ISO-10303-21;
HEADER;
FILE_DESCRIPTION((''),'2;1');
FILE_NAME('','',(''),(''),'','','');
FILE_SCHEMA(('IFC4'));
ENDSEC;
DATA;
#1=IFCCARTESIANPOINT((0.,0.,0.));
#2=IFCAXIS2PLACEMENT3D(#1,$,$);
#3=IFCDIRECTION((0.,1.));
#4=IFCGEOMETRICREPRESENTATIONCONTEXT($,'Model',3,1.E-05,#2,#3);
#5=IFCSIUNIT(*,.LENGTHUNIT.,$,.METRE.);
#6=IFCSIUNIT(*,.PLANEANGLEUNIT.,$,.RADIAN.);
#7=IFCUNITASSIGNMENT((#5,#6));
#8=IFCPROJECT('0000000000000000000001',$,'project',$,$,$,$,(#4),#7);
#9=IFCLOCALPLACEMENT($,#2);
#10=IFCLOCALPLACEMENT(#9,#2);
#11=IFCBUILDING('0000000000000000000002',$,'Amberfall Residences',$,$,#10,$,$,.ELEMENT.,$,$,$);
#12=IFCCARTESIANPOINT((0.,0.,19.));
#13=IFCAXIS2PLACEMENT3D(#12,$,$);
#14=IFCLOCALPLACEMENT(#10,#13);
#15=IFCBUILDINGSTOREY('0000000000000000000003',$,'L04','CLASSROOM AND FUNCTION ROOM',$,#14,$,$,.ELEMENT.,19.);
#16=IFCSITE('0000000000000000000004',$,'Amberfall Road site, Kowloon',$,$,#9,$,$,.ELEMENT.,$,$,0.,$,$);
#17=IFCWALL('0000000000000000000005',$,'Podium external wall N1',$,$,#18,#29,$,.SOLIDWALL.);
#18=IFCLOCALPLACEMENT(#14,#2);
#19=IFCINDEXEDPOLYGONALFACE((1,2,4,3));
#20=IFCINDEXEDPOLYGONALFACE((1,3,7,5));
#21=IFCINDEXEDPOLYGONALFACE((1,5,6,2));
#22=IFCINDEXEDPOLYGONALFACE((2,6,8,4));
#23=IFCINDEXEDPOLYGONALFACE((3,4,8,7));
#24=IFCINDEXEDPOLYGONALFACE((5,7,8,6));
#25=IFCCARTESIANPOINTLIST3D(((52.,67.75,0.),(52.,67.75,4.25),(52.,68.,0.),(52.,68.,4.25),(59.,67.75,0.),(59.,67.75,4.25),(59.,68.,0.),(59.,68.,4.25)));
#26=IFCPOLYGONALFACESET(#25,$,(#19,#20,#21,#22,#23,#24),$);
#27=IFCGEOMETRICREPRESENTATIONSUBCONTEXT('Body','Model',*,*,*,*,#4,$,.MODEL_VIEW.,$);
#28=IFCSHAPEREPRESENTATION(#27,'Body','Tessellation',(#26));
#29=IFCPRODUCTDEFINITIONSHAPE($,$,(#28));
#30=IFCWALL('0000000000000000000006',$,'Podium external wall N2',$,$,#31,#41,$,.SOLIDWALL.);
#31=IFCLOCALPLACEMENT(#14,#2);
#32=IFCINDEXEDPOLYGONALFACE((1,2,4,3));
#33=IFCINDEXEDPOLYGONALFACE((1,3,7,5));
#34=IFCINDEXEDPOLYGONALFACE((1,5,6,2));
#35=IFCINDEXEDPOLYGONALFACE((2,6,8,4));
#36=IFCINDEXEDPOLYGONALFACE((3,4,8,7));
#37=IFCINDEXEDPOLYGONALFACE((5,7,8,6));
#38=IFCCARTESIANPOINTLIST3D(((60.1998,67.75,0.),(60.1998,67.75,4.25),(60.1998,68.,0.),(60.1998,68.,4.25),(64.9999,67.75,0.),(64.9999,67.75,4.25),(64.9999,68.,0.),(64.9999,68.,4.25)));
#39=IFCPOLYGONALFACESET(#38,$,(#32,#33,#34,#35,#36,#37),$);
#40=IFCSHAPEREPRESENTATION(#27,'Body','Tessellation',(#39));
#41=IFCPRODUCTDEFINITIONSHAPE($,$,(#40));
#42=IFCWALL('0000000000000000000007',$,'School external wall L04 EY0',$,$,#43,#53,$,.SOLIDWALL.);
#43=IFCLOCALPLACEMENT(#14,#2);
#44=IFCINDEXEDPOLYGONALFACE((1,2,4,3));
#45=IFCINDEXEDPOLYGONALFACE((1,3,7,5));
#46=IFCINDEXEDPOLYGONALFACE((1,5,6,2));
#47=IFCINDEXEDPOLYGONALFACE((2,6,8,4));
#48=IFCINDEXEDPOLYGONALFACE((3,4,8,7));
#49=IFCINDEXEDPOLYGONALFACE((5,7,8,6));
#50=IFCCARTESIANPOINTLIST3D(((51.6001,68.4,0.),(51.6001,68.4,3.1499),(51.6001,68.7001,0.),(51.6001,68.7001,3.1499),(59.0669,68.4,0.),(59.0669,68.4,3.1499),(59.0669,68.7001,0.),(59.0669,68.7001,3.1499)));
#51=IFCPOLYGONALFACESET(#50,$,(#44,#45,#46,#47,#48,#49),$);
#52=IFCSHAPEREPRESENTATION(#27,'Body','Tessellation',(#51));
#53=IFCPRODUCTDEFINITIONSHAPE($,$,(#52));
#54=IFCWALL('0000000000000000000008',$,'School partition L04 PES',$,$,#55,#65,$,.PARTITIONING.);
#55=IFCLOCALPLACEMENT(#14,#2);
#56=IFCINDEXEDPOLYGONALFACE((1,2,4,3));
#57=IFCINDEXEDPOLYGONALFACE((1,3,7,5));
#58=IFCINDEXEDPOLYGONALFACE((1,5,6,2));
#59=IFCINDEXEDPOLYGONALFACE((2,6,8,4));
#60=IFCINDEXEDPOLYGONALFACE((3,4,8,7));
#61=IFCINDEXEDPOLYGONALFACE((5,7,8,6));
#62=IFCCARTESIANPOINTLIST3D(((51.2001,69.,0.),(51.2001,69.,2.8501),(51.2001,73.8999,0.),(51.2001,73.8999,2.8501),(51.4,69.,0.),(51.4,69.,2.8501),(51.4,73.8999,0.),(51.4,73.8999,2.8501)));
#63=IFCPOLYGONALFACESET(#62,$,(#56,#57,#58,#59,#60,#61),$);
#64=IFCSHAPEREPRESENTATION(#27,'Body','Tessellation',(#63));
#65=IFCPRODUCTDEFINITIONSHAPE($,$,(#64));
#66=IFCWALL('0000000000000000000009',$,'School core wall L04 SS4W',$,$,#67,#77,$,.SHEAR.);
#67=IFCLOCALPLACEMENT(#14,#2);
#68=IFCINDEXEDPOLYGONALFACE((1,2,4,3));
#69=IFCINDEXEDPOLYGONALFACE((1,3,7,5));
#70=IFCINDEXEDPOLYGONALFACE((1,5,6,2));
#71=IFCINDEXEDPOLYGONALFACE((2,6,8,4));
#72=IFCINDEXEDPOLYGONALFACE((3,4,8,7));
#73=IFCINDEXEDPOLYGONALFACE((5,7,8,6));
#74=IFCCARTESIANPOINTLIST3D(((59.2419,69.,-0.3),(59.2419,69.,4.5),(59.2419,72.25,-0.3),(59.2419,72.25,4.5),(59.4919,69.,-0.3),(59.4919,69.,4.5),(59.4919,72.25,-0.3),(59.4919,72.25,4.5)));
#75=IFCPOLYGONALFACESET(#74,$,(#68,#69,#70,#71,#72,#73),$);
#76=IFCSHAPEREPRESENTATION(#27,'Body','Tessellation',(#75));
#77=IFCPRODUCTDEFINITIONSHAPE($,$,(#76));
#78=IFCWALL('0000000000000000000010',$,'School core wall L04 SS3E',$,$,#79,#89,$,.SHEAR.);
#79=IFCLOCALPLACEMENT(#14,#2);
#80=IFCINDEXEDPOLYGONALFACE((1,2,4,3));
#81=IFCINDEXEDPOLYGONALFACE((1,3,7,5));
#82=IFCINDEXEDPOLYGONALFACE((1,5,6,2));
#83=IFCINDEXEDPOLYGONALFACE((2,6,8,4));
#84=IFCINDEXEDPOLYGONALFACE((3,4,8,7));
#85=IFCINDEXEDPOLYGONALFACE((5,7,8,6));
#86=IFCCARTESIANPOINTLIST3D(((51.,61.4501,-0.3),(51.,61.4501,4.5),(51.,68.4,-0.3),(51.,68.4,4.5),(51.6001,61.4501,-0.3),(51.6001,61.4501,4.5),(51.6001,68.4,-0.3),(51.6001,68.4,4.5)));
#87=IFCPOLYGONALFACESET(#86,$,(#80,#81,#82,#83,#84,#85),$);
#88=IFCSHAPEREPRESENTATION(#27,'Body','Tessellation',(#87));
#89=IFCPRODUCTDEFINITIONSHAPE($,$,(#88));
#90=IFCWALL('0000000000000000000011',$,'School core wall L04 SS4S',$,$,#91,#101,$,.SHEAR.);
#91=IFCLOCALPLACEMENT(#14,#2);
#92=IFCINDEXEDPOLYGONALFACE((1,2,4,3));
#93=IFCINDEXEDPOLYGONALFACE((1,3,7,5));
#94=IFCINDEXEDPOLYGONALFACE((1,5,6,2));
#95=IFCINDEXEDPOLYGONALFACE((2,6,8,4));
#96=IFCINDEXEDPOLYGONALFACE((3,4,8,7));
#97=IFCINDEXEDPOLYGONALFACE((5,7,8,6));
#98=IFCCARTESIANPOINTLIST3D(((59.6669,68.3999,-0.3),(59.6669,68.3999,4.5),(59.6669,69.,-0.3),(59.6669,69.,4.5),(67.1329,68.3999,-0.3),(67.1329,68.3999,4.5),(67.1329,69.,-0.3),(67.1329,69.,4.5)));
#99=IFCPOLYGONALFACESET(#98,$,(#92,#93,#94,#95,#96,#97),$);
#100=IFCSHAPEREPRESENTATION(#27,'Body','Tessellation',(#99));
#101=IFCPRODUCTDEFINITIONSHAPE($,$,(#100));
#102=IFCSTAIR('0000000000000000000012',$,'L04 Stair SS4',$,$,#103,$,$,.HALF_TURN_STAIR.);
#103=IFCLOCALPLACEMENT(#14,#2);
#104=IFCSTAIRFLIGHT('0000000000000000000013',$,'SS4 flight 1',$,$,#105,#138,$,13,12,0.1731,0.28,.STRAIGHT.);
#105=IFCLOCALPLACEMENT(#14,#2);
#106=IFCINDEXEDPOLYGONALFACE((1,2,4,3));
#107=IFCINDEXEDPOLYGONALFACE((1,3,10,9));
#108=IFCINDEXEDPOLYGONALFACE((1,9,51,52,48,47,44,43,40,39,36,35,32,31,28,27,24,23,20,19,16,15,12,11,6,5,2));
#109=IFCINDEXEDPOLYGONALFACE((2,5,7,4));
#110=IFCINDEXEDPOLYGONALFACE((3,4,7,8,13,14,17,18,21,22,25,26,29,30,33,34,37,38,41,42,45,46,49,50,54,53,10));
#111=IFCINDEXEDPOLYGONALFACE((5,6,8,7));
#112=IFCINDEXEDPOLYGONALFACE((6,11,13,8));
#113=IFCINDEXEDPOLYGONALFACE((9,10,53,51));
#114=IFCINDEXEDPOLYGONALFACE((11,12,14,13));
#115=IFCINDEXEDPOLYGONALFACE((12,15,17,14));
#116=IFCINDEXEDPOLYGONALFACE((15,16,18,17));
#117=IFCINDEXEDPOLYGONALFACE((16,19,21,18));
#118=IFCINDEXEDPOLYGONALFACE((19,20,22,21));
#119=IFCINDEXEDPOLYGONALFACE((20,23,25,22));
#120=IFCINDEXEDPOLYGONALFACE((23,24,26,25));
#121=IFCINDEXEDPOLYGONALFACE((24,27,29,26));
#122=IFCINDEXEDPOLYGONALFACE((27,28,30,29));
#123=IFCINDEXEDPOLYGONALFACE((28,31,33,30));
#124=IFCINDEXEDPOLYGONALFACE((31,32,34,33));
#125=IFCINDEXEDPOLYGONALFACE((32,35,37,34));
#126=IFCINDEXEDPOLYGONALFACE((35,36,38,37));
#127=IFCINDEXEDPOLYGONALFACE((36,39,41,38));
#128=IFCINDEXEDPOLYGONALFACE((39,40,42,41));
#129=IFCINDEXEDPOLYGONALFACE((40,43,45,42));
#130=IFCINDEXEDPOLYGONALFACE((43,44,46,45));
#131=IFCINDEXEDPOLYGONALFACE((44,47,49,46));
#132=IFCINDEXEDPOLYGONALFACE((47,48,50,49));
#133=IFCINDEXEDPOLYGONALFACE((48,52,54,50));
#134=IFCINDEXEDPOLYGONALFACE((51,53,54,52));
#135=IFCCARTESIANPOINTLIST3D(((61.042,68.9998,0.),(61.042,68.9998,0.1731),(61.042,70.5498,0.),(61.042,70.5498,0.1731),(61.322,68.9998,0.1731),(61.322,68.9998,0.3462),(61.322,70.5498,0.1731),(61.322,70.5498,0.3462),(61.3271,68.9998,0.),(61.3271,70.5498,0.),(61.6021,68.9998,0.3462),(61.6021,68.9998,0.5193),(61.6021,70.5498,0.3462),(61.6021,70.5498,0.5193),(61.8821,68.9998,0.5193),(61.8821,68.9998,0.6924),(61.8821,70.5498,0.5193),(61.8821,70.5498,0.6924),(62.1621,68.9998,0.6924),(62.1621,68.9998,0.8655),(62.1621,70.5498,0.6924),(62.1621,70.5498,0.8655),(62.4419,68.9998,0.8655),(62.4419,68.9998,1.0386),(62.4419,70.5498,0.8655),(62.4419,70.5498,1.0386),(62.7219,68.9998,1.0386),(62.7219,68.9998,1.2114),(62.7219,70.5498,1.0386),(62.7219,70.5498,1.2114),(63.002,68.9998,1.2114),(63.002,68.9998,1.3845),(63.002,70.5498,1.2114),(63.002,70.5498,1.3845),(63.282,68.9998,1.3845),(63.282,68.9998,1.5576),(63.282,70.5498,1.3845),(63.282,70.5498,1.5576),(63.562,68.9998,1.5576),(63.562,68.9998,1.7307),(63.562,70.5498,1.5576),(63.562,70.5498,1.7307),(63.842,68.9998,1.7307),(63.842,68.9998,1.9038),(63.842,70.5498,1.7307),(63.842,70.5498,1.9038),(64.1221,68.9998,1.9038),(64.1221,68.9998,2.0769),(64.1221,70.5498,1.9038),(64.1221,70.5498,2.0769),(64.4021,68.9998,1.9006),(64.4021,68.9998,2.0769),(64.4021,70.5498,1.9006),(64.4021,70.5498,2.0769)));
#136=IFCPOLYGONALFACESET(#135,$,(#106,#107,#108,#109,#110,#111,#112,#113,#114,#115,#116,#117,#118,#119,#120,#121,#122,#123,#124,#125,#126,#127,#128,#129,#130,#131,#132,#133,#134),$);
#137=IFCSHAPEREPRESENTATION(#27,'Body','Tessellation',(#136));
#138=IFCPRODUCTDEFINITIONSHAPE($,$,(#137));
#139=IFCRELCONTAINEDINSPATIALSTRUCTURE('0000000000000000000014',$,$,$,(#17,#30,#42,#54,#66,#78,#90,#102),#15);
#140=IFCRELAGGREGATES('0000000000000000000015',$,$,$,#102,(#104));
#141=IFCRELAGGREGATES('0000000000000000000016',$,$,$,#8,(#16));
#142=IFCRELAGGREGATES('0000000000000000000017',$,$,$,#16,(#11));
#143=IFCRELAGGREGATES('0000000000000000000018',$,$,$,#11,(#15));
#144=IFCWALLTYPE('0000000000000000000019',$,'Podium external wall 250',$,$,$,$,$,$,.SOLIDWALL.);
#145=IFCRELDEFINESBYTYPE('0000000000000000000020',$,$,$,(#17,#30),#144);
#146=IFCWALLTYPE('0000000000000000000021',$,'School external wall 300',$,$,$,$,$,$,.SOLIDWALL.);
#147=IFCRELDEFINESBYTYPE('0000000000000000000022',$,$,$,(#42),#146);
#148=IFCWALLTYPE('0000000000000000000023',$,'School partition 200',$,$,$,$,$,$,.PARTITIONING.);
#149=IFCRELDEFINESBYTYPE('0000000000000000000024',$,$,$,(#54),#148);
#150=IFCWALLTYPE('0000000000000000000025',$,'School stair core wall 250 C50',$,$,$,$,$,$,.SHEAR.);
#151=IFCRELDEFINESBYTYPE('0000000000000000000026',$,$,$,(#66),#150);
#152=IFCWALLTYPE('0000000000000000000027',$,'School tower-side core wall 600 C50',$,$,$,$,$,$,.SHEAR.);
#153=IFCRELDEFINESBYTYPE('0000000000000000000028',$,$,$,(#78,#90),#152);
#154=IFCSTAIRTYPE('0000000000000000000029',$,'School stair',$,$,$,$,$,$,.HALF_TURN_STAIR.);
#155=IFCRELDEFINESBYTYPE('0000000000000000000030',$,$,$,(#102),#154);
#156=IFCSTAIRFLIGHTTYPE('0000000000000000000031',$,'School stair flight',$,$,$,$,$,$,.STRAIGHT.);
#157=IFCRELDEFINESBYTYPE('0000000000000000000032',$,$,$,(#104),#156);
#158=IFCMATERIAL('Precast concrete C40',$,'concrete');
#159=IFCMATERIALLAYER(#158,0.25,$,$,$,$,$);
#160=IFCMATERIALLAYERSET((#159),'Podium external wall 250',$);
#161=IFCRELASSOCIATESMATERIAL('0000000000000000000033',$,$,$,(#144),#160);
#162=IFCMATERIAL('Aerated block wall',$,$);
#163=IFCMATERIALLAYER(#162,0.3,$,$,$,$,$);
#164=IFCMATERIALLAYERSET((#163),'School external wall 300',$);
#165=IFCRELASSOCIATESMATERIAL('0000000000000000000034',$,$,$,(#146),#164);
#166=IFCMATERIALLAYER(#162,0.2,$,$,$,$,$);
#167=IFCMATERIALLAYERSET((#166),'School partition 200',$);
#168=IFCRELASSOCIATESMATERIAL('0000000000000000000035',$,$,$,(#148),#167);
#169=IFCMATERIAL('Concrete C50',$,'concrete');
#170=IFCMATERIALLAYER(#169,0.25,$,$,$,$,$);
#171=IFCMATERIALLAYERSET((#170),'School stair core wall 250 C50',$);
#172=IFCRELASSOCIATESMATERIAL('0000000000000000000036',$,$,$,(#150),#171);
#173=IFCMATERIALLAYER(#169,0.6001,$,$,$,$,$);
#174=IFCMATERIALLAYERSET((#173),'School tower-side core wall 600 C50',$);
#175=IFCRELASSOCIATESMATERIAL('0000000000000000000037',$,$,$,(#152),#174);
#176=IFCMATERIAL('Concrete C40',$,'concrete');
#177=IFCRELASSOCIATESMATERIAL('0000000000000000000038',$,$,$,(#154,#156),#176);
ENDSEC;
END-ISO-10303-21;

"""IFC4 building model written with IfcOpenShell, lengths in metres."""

from ifc_helpers import new_model, si_unit, direction, frame, frame_2d, origin, place, context, subcontext, project, spatial, polyline, rectangle, outline, extrude, material, layer, layer_set, type_object, element, aggregate, save


model = new_model("IFC4")

# Units and contexts
model_context = context("Model", 3, precision=1e-05, world=origin(), true_north=direction((0.0, 1.0)))
body_context = subcontext(model_context, "Body", "Model", "MODEL_VIEW")
ifc_project = project(units=[si_unit("LENGTHUNIT", "METRE"), si_unit("PLANEANGLEUNIT", "RADIAN")], contexts=[model_context])

# Site, building, storey
site_placement = place(None, origin())
site = spatial("IfcSite", under=ifc_project, at=site_placement, Name="Amberfall Road site, Kowloon", CompositionType="ELEMENT", RefElevation=0.0)
building_placement = place(site_placement, origin())
building = spatial("IfcBuilding", under=site, at=building_placement, Name="Amberfall Residences", CompositionType="ELEMENT")
storey_placement = place(building_placement, frame((0.0, 0.0, 19.0)))
storey = spatial("IfcBuildingStorey", under=building, at=storey_placement, Name="L04", Description="CLASSROOM AND FUNCTION ROOM", CompositionType="ELEMENT", Elevation=19.0)

# Shared definitions
ifc_material_1 = material(Name="Concrete C40", Category="concrete")

# Walls
ifc_material_2 = material(Name="Precast concrete C40", Category="concrete")
ifc_layer_1 = layer(ifc_material_2, 0.25)
ifc_layer_set_1 = layer_set([ifc_layer_1], Name="Podium external wall 250")
wall_type_1 = type_object("IfcWallType", Name="Podium external wall 250", PredefinedType="SOLIDWALL", material=ifc_layer_set_1)
wall_1_placement = place(storey_placement, frame((52.0, 67.875, 0.0), z_axis=(0.0, 0.0, 1.0), x_axis=(1.0, 0.0, 0.0)))
element("IfcWall", 1, at=wall_1_placement, inside=storey, type_object=wall_type_1, Name="Podium external wall N1", PredefinedType="SOLIDWALL", context=body_context, shape_type="SweptSolid", body=[
    extrude(rectangle(XDim=7.0, YDim=0.25, at=frame_2d((3.5, 0.0))), origin(), (0.0, 0.0, 1.0), 4.25),
])
wall_2_placement = place(storey_placement, frame((60.2, 67.875, 0.0), z_axis=(0.0, 0.0, 1.0), x_axis=(1.0, 0.0, 0.0)))
element("IfcWall", 2, at=wall_2_placement, inside=storey, type_object=wall_type_1, Name="Podium external wall N2", PredefinedType="SOLIDWALL", context=body_context, shape_type="SweptSolid", body=[
    extrude(rectangle(XDim=4.8, YDim=0.25, at=frame_2d((2.3999, 0.0))), origin(), (0.0, 0.0, 1.0), 4.25),
])
ifc_material_3 = material(Name="Aerated block wall")
ifc_layer_2 = layer(ifc_material_3, 0.3)
ifc_layer_set_2 = layer_set([ifc_layer_2], Name="School external wall 300")
wall_type_2 = type_object("IfcWallType", Name="School external wall 300", PredefinedType="SOLIDWALL", material=ifc_layer_set_2)
wall_3_placement = place(storey_placement, frame((51.6001, 68.55, 0.0), z_axis=(0.0, 0.0, 1.0), x_axis=(1.0, 0.0, 0.0)))
element("IfcWall", 3, at=wall_3_placement, inside=storey, type_object=wall_type_2, Name="School external wall L04 EY0", PredefinedType="SOLIDWALL", context=body_context, shape_type="SweptSolid", body=[
    extrude(rectangle(XDim=7.4668, YDim=0.3, at=frame_2d((3.7334, 0.0))), origin(), (0.0, 0.0, 1.0), 3.1499),
])
ifc_layer_3 = layer(ifc_material_3, 0.2)
ifc_layer_set_3 = layer_set([ifc_layer_3], Name="School partition 200")
wall_type_3 = type_object("IfcWallType", Name="School partition 200", PredefinedType="PARTITIONING", material=ifc_layer_set_3)
wall_4_placement = place(storey_placement, frame((51.3, 69.0, 0.0), z_axis=(0.0, 0.0, 1.0), x_axis=(0.0, 1.0, 0.0)))
element("IfcWall", 4, at=wall_4_placement, inside=storey, type_object=wall_type_3, Name="School partition L04 PES", PredefinedType="PARTITIONING", context=body_context, shape_type="SweptSolid", body=[
    extrude(rectangle(XDim=4.8999, YDim=0.2, at=frame_2d((2.45, 0.0))), origin(), (0.0, 0.0, 1.0), 2.8501),
])
ifc_material_4 = material(Name="Concrete C50", Category="concrete")
ifc_layer_4 = layer(ifc_material_4, 0.25)
ifc_layer_set_4 = layer_set([ifc_layer_4], Name="School stair core wall 250 C50")
wall_type_4 = type_object("IfcWallType", Name="School stair core wall 250 C50", PredefinedType="SHEAR", material=ifc_layer_set_4)
wall_5_placement = place(storey_placement, frame((59.3669, 69.0, -0.3), z_axis=(0.0, 0.0, 1.0), x_axis=(0.0, 1.0, 0.0)))
element("IfcWall", 5, at=wall_5_placement, inside=storey, type_object=wall_type_4, Name="School core wall L04 SS4W", PredefinedType="SHEAR", context=body_context, shape_type="SweptSolid", body=[
    extrude(rectangle(XDim=3.25, YDim=0.25, at=frame_2d((1.625, 0.0))), origin(), (0.0, 0.0, 1.0), 4.8),
])
ifc_layer_5 = layer(ifc_material_4, 0.6001)
ifc_layer_set_5 = layer_set([ifc_layer_5], Name="School tower-side core wall 600 C50")
wall_type_5 = type_object("IfcWallType", Name="School tower-side core wall 600 C50", PredefinedType="SHEAR", material=ifc_layer_set_5)
wall_6_placement = place(storey_placement, frame((51.3, 61.45, -0.3), z_axis=(0.0, 0.0, 1.0), x_axis=(0.0, 1.0, 0.0)))
element("IfcWall", 6, at=wall_6_placement, inside=storey, type_object=wall_type_5, Name="School core wall L04 SS3E", PredefinedType="SHEAR", context=body_context, shape_type="SweptSolid", body=[
    extrude(rectangle(XDim=6.95, YDim=0.6001, at=frame_2d((3.4751, 0.0))), origin(), (0.0, 0.0, 1.0), 4.8),
])
wall_7_placement = place(storey_placement, frame((59.667, 68.7, -0.3), z_axis=(0.0, 0.0, 1.0), x_axis=(1.0, 0.0, 0.0)))
element("IfcWall", 7, at=wall_7_placement, inside=storey, type_object=wall_type_5, Name="School core wall L04 SS4S", PredefinedType="SHEAR", context=body_context, shape_type="SweptSolid", body=[
    extrude(rectangle(XDim=7.4661, YDim=0.6001, at=frame_2d((3.7329, 0.0))), origin(), (0.0, 0.0, 1.0), 4.8),
])

# Stair, stair flight
stair_type = type_object("IfcStairType", Name="School stair", PredefinedType="HALF_TURN_STAIR", material=ifc_material_1)
stair_placement = place(storey_placement, origin())
stair = element("IfcStair", 8, at=stair_placement, inside=storey, type_object=stair_type, Name="L04 Stair SS4", PredefinedType="HALF_TURN_STAIR")
stair_flight_type = type_object("IfcStairFlightType", Name="School stair flight", PredefinedType="STRAIGHT", material=ifc_material_1)
stair_flight_placement = place(storey_placement, frame((61.042, 69.7749, 0.0), z_axis=(0.0, 0.0, 1.0), x_axis=(1.0, 0.0, 0.0)))
stair_flight = element("IfcStairFlight", 9, at=stair_flight_placement, type_object=stair_flight_type, Name="SS4 flight 1", NumberOfRisers=13, NumberOfTreads=12, PredefinedType="STRAIGHT", RiserHeight=0.1731, TreadLength=0.28, context=body_context, shape_type="SweptSolid", body=[
    extrude(outline(polyline([(0.0, 0.0), (0.0, 0.1731), (0.28, 0.1731), (0.28, 0.3462), (0.5601, 0.3462), (0.5601, 0.5193), (0.8401, 0.5193), (0.8401, 0.6924), (1.1201, 0.6924), (1.1201, 0.8655), (1.3999, 0.8655), (1.3999, 1.0386), (1.6799, 1.0386), (1.6799, 1.2114), (1.96, 1.2114), (1.96, 1.3845), (2.24, 1.3845), (2.24, 1.5576), (2.52, 1.5576), (2.52, 1.7307), (2.8, 1.7307), (2.8, 1.9038), (3.0801, 1.9038), (3.0801, 2.0769), (3.3601, 2.0769), (3.3601, 2.25), (3.3601, 1.9006), (0.2852, 0.0), (0.0, 0.0)])), frame((0.0, 0.7749, 0.0), z_axis=(0.0, -1.0, 0.0), x_axis=(1.0, 0.0, 0.0)), (0.0, 0.0, 1.0), 1.55),
])
aggregate(stair, [stair_flight])

save(model, "model.ifc")
